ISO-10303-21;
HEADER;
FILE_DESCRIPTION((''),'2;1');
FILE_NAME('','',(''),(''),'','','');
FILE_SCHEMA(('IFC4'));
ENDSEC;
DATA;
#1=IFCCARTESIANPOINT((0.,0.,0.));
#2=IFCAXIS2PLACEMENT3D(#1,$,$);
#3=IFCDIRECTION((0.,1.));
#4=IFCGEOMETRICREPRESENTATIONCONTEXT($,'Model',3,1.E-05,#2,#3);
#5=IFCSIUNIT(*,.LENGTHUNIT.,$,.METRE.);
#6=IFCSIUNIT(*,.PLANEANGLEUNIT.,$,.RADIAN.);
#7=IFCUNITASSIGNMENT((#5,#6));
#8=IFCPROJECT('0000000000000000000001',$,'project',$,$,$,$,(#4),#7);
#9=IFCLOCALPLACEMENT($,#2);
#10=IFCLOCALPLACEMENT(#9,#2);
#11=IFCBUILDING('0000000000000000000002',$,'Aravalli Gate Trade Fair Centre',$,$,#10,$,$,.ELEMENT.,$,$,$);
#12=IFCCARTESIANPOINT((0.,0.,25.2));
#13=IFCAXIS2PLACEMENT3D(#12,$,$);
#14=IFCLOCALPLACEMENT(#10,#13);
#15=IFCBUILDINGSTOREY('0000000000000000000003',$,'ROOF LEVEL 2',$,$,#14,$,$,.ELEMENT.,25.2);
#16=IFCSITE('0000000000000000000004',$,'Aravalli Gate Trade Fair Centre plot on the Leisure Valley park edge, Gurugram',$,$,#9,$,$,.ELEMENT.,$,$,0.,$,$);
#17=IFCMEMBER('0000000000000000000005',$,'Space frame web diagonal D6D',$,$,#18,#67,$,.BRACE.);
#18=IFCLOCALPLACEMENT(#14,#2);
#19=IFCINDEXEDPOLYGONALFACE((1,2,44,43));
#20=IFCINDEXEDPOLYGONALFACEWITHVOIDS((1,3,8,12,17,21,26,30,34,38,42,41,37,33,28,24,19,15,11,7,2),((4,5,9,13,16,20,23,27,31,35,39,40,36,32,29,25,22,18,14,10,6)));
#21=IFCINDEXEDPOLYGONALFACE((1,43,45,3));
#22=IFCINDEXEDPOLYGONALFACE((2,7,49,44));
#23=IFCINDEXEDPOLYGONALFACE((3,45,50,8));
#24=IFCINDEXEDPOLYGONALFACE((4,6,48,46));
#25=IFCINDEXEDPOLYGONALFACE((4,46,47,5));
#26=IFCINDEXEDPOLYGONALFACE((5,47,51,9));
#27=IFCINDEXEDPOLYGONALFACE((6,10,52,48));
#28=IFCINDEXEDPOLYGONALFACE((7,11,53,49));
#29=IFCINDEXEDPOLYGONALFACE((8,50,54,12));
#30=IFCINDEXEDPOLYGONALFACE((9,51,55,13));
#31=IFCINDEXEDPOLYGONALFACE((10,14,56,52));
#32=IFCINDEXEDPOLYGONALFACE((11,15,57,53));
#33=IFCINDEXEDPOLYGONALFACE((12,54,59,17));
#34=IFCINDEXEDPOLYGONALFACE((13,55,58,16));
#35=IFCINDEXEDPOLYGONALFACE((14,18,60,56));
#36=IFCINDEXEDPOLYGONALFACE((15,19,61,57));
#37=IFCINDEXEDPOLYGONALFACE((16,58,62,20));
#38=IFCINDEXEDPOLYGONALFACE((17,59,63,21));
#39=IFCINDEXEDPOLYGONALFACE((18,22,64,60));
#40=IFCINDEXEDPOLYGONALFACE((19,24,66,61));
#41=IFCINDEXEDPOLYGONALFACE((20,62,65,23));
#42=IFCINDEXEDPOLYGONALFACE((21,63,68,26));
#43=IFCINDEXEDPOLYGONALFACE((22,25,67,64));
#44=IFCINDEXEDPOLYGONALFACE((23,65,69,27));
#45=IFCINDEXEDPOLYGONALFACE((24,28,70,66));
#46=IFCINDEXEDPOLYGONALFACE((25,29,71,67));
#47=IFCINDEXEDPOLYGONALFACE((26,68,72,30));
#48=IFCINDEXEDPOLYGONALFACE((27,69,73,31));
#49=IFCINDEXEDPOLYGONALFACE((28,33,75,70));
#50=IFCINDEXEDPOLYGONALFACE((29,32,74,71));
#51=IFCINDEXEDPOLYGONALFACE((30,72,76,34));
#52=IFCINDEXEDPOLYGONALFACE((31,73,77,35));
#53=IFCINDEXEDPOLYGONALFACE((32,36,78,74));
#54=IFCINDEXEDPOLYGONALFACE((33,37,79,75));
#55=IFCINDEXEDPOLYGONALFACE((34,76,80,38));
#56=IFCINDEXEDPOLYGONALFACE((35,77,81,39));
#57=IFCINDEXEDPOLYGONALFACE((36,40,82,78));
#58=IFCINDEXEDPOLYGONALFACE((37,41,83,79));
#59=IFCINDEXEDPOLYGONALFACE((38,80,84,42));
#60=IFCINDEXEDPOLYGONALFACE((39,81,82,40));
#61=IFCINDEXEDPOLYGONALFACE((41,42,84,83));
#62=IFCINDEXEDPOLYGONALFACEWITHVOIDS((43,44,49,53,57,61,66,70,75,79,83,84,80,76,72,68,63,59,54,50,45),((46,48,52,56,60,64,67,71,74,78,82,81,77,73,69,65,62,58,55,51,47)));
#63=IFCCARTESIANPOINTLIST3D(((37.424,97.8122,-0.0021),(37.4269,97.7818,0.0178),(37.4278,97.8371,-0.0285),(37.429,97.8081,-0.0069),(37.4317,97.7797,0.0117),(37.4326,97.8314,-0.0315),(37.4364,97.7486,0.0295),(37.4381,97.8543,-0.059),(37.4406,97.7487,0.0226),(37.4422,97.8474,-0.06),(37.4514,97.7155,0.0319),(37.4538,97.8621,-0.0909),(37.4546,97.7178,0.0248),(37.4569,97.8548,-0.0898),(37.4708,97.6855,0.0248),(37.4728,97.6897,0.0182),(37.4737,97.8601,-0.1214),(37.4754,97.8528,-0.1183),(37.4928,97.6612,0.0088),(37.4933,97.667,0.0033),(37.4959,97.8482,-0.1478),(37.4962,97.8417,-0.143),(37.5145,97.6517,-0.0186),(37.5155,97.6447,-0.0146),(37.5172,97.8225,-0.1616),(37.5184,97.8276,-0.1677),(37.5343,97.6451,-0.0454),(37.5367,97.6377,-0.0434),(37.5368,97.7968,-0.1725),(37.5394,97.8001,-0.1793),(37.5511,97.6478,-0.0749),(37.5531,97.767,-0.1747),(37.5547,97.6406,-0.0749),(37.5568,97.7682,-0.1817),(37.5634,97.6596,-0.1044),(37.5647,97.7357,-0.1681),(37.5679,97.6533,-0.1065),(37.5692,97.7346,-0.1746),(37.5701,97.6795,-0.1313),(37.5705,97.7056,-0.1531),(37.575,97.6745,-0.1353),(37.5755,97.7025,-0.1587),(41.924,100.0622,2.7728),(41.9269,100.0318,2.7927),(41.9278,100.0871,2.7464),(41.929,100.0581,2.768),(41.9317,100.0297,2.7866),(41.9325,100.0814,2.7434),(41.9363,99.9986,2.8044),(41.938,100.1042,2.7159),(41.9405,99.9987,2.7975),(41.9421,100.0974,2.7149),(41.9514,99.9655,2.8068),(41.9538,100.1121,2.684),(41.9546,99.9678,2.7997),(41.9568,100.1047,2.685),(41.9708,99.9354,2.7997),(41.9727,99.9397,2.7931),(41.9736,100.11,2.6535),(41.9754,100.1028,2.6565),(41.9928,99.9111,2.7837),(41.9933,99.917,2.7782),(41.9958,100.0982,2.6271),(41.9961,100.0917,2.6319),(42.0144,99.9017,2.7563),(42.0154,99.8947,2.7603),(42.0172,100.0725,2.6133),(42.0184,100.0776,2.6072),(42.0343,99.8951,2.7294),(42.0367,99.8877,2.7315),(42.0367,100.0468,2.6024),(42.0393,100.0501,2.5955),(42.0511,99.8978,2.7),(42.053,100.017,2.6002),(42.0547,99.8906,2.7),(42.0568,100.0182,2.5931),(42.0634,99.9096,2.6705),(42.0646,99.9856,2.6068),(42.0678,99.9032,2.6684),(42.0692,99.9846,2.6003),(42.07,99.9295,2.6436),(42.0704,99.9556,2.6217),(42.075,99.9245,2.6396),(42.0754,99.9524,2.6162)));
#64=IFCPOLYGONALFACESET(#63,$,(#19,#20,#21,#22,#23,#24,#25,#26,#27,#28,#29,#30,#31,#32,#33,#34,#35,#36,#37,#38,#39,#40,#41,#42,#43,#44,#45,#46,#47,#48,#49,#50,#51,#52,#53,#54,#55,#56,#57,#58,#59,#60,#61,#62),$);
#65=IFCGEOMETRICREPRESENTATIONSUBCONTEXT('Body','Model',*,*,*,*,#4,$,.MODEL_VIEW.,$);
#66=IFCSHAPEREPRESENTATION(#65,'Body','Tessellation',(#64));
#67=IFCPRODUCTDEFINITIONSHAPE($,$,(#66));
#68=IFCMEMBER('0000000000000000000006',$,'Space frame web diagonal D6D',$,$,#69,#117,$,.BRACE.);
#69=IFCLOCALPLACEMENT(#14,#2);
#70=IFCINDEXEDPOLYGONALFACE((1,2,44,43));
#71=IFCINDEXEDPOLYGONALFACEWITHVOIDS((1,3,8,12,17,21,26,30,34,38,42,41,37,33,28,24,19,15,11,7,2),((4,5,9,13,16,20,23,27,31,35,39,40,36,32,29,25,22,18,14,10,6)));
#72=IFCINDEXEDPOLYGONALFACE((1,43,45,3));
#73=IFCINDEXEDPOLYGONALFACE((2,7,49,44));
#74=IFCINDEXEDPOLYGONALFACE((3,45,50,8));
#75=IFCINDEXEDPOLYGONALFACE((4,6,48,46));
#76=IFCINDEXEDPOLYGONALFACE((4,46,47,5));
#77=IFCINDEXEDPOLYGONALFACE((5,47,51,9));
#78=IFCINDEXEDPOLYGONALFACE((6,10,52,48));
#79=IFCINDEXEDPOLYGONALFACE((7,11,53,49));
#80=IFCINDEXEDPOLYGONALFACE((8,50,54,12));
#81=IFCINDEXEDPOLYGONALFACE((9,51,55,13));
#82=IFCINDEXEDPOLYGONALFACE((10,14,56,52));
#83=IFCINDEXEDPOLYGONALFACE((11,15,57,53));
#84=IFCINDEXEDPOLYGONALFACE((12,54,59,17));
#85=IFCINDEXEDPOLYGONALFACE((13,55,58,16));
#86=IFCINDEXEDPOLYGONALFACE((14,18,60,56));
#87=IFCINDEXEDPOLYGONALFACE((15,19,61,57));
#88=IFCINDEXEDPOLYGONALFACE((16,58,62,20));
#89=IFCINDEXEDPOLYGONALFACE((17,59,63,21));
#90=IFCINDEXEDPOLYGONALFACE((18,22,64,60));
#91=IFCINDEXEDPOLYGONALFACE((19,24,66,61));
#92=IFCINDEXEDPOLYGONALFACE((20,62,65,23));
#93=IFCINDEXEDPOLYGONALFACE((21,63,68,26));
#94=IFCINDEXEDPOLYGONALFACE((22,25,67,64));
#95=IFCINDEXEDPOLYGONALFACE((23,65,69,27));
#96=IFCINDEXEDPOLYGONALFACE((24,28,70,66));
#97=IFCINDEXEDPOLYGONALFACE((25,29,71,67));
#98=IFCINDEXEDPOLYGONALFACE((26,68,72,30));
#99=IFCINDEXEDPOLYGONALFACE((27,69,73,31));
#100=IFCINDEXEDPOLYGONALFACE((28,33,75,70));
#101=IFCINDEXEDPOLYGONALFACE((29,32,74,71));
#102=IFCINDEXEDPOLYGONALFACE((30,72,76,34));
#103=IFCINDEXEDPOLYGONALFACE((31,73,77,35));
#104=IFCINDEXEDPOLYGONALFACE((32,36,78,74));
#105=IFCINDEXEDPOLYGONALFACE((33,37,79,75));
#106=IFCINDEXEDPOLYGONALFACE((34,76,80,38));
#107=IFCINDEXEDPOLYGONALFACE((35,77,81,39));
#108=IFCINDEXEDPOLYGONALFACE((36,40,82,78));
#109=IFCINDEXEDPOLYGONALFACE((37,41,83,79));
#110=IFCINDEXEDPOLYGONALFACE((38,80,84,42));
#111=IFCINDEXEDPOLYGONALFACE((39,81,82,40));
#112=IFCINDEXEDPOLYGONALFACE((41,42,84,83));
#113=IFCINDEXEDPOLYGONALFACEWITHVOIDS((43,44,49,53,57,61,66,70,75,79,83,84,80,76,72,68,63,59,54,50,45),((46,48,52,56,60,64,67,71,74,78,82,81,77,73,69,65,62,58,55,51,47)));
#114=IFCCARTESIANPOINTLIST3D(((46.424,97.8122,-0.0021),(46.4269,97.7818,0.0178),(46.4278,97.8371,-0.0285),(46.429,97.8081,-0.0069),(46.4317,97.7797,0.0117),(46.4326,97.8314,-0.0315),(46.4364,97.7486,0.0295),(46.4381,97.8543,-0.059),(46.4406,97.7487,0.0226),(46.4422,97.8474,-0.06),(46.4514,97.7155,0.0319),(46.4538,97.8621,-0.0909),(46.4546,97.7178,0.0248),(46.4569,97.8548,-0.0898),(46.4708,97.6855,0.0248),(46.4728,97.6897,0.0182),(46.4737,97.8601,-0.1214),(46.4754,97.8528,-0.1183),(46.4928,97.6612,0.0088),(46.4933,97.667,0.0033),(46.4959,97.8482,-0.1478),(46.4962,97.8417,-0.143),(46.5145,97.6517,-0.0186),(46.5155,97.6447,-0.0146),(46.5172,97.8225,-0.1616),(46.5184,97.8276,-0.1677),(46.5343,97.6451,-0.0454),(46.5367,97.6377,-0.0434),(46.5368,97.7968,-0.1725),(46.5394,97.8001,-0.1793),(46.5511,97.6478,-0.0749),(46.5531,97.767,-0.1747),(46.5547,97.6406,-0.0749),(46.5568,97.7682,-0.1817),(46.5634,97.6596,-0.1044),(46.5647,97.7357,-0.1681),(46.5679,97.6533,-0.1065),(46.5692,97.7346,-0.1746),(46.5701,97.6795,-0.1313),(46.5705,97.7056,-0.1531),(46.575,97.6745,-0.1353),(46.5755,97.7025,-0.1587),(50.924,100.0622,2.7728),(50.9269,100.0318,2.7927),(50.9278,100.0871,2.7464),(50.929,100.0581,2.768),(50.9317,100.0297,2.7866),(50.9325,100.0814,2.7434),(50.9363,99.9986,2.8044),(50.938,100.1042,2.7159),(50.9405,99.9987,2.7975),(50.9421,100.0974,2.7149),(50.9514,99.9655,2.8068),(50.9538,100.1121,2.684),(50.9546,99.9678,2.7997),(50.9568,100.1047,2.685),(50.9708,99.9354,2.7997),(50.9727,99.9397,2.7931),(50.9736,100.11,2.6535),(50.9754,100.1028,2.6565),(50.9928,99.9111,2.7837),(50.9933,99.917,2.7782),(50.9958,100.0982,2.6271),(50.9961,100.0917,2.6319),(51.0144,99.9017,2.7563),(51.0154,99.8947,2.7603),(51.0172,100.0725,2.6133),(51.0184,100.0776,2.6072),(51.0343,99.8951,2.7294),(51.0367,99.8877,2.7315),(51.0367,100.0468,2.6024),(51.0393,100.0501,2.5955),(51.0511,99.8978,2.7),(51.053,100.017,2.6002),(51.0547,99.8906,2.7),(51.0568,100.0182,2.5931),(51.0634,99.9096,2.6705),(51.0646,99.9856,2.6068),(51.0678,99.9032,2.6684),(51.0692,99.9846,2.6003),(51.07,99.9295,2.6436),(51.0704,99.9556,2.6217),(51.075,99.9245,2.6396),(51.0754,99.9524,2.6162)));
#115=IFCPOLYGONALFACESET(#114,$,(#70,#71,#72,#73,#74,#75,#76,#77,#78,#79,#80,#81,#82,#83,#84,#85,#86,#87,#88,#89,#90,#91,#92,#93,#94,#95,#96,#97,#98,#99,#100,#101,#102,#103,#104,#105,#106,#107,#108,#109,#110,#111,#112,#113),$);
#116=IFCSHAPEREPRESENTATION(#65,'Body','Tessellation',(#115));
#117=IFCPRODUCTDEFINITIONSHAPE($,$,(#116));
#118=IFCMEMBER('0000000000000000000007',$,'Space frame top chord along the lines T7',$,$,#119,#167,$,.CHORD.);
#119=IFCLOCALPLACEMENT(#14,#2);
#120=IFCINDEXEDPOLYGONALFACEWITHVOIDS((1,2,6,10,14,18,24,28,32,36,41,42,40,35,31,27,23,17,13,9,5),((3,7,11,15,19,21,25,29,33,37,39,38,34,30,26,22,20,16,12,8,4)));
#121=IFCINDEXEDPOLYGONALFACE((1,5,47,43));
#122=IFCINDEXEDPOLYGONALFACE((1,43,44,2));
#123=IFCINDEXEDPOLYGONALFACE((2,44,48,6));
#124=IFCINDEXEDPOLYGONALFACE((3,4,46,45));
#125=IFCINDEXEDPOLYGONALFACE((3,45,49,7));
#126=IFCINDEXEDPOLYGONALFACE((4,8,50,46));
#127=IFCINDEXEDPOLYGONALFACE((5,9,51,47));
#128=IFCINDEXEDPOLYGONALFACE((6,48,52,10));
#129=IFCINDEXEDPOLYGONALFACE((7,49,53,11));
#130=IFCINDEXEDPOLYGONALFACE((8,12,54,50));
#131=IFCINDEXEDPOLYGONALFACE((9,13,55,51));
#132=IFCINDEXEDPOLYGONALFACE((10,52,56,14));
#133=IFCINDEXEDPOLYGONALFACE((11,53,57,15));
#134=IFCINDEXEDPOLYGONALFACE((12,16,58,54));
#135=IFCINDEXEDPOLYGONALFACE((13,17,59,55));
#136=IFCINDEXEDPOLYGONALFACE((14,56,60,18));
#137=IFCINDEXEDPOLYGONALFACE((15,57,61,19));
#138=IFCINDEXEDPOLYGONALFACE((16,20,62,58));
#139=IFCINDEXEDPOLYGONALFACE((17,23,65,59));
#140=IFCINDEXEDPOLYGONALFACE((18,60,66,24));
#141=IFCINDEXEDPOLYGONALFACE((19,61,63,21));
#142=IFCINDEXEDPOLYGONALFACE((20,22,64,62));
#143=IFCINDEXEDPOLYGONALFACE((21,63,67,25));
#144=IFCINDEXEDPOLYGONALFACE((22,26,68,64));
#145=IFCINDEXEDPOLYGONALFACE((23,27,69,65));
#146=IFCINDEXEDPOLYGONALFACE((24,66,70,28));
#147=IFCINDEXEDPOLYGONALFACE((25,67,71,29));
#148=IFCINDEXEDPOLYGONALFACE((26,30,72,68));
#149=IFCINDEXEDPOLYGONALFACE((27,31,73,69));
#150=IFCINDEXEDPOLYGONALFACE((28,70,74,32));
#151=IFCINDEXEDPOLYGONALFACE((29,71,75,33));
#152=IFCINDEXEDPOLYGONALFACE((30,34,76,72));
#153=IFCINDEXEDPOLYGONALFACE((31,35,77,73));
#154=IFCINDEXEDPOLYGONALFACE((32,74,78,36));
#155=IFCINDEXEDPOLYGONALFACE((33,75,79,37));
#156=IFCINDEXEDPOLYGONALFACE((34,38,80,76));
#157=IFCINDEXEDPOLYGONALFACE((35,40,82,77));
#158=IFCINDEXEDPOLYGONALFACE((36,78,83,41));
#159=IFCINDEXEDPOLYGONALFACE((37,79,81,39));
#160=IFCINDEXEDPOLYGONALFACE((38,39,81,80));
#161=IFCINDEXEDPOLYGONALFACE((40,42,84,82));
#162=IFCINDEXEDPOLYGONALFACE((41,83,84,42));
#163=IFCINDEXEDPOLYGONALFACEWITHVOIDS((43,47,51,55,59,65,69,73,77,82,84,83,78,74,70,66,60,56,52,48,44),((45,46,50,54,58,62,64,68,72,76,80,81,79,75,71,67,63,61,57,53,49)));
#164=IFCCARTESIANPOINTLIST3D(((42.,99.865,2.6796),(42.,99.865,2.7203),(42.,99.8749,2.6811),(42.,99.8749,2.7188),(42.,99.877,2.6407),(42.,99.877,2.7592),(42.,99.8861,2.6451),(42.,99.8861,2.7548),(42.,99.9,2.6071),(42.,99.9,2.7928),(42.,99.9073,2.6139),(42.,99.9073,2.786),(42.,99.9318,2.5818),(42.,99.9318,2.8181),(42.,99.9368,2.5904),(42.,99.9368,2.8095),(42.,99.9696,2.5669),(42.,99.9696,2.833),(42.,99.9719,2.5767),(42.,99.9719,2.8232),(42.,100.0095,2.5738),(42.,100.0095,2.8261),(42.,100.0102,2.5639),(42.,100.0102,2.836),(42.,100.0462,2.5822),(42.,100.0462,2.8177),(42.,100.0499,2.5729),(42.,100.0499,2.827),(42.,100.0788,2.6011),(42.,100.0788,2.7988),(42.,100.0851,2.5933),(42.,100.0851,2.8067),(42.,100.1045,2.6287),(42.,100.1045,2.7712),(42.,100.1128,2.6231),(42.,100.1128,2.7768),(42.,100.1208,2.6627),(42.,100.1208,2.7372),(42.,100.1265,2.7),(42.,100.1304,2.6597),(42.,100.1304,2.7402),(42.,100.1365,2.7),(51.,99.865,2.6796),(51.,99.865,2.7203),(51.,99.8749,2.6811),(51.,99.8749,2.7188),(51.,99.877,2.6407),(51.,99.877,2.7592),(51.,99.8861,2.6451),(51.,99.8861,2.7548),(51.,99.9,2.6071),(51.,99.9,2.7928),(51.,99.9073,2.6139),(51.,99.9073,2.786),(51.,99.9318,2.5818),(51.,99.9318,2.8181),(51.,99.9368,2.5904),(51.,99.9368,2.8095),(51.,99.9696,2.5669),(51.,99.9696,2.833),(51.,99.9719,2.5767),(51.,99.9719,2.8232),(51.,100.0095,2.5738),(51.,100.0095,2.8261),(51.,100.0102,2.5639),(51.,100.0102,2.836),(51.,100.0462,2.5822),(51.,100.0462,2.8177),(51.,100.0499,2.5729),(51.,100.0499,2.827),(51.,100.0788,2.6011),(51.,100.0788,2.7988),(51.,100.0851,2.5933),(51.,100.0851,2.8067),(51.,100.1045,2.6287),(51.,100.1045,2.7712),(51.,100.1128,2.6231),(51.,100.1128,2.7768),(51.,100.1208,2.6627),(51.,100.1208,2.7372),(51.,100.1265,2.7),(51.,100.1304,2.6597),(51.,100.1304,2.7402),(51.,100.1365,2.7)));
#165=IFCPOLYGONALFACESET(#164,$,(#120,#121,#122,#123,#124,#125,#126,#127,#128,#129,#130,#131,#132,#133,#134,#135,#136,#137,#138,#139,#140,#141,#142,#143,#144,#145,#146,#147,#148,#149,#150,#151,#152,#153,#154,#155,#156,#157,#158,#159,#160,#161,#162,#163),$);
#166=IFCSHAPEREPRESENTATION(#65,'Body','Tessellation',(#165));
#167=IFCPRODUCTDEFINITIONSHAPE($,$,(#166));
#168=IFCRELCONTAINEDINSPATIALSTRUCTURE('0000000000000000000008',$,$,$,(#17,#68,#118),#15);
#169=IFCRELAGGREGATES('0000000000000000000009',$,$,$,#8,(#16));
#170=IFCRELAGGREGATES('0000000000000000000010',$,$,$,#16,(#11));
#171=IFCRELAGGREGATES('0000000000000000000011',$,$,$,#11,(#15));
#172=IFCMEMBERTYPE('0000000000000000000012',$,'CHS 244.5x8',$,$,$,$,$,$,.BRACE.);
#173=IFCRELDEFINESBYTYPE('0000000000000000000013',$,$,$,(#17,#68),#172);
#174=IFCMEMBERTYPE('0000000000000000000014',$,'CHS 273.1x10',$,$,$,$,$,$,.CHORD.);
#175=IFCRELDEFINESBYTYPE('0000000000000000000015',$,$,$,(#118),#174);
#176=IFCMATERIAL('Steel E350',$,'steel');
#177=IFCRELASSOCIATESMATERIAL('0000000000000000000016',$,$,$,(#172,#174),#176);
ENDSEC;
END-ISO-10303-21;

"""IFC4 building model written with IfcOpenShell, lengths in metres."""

from ifc_helpers import new_model, si_unit, direction, frame, origin, origin_2d, place, context, subcontext, project, spatial, hollow_circle, extrude, material, material_profile, profile_set, type_object, element, save


model = new_model("IFC4")

# Units and contexts
model_context = context("Model", 3, precision=1e-05, world=origin(), true_north=direction((0.0, 1.0)))
body_context = subcontext(model_context, "Body", "Model", "MODEL_VIEW")
ifc_project = project(units=[si_unit("LENGTHUNIT", "METRE"), si_unit("PLANEANGLEUNIT", "RADIAN")], contexts=[model_context])

# Site, building, storey
site_placement = place(None, origin())
site = spatial("IfcSite", under=ifc_project, at=site_placement, Name="Aravalli Gate Trade Fair Centre plot on the Leisure Valley park edge, Gurugram", CompositionType="ELEMENT", RefElevation=0.0)
building_placement = place(site_placement, origin())
building = spatial("IfcBuilding", under=site, at=building_placement, Name="Aravalli Gate Trade Fair Centre", CompositionType="ELEMENT")
storey_placement = place(building_placement, frame((0.0, 0.0, 25.2)))
storey = spatial("IfcBuildingStorey", under=building, at=storey_placement, Name="ROOF LEVEL 2", CompositionType="ELEMENT", Elevation=25.2)

# Members
ifc_material = material(Name="Steel E350", Category="steel")
ifc_material_profile_1 = material_profile(ifc_material, hollow_circle(Radius=0.1223, WallThickness=0.0081, at=origin_2d()), Name="CHS 244.5x8")
ifc_profile_set_1 = profile_set([ifc_material_profile_1], Name="Steel E350")
member_type_1 = type_object("IfcMemberType", Name="CHS 244.5x8", PredefinedType="BRACE", material=ifc_profile_set_1)
for number, where, z_axis, x_axis, name in (
    (1, (42.0, 100.0, 2.7), (-0.7832, -0.3916, -0.482956), (0.447214, -0.894427, 0.0), "Space frame web diagonal D6D"),
    (2, (51.0, 100.0, 2.7), (-0.7832, -0.3916, -0.482956), (0.447214, -0.894427, 0.0), "Space frame web diagonal D6D"),
):
    element("IfcMember", number, at=place(storey_placement, frame(where, z_axis=z_axis, x_axis=x_axis)), inside=storey, type_object=member_type_1, Name=name, PredefinedType="BRACE", context=body_context, shape_type="SweptSolid", body=[
        extrude(hollow_circle(Radius=0.1223, WallThickness=0.0081, at=origin_2d()), origin(), (0.0, 0.0, 1.0), 5.7456),
    ])
ifc_material_profile_2 = material_profile(ifc_material, hollow_circle(Radius=0.1365, WallThickness=0.01, at=origin_2d()), Name="CHS 273.1x10")
ifc_profile_set_2 = profile_set([ifc_material_profile_2], Name="Steel E350")
member_type_2 = type_object("IfcMemberType", Name="CHS 273.1x10", PredefinedType="CHORD", material=ifc_profile_set_2)
for number, where, z_axis, x_axis, name in (
    (3, (42.0, 100.0, 2.7), (1.0, 0.0, 0.0), (0.0, 1.0, 0.0), "Space frame top chord along the lines T7"),
):
    element("IfcMember", number, at=place(storey_placement, frame(where, z_axis=z_axis, x_axis=x_axis)), inside=storey, type_object=member_type_2, Name=name, PredefinedType="CHORD", context=body_context, shape_type="SweptSolid", body=[
        extrude(hollow_circle(Radius=0.1365, WallThickness=0.01, at=origin_2d()), origin(), (0.0, 0.0, 1.0), 9.0),
    ])

save(model, "model.ifc")
